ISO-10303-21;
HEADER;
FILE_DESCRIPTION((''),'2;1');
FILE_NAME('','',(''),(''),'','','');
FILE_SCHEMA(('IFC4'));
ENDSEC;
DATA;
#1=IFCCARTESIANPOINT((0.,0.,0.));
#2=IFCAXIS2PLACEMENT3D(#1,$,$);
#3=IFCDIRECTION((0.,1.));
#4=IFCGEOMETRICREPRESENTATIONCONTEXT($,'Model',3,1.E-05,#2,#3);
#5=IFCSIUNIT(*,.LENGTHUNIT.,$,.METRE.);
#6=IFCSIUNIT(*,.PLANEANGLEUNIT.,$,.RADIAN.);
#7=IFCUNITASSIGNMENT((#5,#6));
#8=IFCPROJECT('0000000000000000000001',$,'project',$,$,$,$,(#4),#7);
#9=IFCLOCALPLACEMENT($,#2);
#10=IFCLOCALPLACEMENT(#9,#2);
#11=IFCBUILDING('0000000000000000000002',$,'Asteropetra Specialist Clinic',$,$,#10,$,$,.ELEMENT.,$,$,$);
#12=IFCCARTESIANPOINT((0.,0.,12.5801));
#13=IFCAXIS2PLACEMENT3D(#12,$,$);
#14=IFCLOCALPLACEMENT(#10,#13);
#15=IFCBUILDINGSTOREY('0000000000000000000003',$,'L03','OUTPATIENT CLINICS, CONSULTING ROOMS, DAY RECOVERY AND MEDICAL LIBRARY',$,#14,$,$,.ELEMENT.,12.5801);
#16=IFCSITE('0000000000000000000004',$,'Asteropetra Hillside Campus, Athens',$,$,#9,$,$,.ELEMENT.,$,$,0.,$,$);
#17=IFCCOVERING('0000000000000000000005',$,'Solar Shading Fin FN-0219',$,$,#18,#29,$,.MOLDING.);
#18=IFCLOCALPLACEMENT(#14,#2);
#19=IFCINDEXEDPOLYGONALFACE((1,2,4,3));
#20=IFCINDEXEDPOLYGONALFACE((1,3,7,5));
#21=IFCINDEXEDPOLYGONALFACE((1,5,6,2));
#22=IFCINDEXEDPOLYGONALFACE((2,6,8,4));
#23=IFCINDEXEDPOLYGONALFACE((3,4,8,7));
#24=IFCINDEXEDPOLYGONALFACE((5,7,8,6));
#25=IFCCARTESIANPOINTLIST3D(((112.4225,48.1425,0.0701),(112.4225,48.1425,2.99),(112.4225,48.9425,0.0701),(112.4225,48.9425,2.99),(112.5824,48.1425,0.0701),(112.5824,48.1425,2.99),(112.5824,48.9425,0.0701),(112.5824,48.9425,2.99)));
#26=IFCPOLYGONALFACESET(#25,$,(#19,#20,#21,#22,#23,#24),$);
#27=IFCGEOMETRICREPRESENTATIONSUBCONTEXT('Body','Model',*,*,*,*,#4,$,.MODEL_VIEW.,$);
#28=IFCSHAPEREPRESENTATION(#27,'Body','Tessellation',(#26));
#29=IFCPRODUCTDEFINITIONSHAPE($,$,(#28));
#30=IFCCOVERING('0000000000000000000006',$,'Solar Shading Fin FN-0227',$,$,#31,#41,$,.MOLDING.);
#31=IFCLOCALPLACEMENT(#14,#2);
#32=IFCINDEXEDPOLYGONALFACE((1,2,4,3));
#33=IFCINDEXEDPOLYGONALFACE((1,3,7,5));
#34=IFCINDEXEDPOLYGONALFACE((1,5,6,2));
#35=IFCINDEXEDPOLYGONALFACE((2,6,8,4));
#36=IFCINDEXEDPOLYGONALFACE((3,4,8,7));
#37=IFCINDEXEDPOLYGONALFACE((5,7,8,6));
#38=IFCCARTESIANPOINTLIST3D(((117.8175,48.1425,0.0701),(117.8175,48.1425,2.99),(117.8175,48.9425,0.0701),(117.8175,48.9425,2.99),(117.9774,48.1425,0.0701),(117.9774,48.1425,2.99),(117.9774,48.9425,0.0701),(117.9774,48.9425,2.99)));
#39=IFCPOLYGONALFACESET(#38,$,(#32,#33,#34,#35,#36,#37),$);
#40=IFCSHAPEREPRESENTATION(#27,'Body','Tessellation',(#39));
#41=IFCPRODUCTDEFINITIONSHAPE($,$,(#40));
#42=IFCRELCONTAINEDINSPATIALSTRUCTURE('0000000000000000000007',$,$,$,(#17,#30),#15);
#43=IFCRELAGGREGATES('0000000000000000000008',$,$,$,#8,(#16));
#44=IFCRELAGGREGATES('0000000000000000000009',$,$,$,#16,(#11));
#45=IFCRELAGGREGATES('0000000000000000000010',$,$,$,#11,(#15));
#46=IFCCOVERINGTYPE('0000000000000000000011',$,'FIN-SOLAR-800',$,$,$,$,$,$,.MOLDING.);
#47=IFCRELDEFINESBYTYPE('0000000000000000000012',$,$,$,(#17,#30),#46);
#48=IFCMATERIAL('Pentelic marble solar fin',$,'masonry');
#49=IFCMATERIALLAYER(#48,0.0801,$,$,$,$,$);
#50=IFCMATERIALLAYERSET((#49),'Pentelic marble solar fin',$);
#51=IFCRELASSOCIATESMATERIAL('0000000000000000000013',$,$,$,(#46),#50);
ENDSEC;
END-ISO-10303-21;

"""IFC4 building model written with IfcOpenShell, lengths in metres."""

from ifc_helpers import new_model, si_unit, direction, frame, origin, origin_2d, place, context, subcontext, project, spatial, rectangle, extrude, material, layer, layer_set, type_object, element, save


model = new_model("IFC4")

# Units and contexts
model_context = context("Model", 3, precision=1e-05, world=origin(), true_north=direction((0.0, 1.0)))
body_context = subcontext(model_context, "Body", "Model", "MODEL_VIEW")
ifc_project = project(units=[si_unit("LENGTHUNIT", "METRE"), si_unit("PLANEANGLEUNIT", "RADIAN")], contexts=[model_context])

# Site, building, storey
site_placement = place(None, origin())
site = spatial("IfcSite", under=ifc_project, at=site_placement, Name="Asteropetra Hillside Campus, Athens", CompositionType="ELEMENT", RefElevation=0.0)
building_placement = place(site_placement, origin())
building = spatial("IfcBuilding", under=site, at=building_placement, Name="Asteropetra Specialist Clinic", CompositionType="ELEMENT")
storey_placement = place(building_placement, frame((0.0, 0.0, 12.5801)))
storey = spatial("IfcBuildingStorey", under=building, at=storey_placement, Name="L03", Description="OUTPATIENT CLINICS, CONSULTING ROOMS, DAY RECOVERY AND MEDICAL LIBRARY", CompositionType="ELEMENT", Elevation=12.5801)

# Coverings
ifc_material_1 = material(Name="Pentelic marble solar fin", Category="masonry")
ifc_layer_1 = layer(ifc_material_1, 0.0801)
ifc_layer_set_1 = layer_set([ifc_layer_1], Name="Pentelic marble solar fin")
covering_type_1 = type_object("IfcCoveringType", Name="FIN-SOLAR-800", PredefinedType="MOLDING", material=ifc_layer_set_1)
for number, where, z_axis, x_axis, name in (
    (1, (112.5024, 48.5425, 0.0701), (0.0, 0.0, 1.0), (1.0, 0.0, 0.0), "Solar Shading Fin FN-0219"),
    (2, (117.8975, 48.5425, 0.0701), (0.0, 0.0, 1.0), (1.0, 0.0, 0.0), "Solar Shading Fin FN-0227"),
):
    element("IfcCovering", number, at=place(storey_placement, frame(where, z_axis=z_axis, x_axis=x_axis)), inside=storey, type_object=covering_type_1, Name=name, PredefinedType="MOLDING", context=body_context, shape_type="SweptSolid", body=[
        extrude(rectangle(XDim=0.1599, YDim=0.8, at=origin_2d()), origin(), (0.0, 0.0, 1.0), 2.9199),
    ])

save(model, "model.ifc")
